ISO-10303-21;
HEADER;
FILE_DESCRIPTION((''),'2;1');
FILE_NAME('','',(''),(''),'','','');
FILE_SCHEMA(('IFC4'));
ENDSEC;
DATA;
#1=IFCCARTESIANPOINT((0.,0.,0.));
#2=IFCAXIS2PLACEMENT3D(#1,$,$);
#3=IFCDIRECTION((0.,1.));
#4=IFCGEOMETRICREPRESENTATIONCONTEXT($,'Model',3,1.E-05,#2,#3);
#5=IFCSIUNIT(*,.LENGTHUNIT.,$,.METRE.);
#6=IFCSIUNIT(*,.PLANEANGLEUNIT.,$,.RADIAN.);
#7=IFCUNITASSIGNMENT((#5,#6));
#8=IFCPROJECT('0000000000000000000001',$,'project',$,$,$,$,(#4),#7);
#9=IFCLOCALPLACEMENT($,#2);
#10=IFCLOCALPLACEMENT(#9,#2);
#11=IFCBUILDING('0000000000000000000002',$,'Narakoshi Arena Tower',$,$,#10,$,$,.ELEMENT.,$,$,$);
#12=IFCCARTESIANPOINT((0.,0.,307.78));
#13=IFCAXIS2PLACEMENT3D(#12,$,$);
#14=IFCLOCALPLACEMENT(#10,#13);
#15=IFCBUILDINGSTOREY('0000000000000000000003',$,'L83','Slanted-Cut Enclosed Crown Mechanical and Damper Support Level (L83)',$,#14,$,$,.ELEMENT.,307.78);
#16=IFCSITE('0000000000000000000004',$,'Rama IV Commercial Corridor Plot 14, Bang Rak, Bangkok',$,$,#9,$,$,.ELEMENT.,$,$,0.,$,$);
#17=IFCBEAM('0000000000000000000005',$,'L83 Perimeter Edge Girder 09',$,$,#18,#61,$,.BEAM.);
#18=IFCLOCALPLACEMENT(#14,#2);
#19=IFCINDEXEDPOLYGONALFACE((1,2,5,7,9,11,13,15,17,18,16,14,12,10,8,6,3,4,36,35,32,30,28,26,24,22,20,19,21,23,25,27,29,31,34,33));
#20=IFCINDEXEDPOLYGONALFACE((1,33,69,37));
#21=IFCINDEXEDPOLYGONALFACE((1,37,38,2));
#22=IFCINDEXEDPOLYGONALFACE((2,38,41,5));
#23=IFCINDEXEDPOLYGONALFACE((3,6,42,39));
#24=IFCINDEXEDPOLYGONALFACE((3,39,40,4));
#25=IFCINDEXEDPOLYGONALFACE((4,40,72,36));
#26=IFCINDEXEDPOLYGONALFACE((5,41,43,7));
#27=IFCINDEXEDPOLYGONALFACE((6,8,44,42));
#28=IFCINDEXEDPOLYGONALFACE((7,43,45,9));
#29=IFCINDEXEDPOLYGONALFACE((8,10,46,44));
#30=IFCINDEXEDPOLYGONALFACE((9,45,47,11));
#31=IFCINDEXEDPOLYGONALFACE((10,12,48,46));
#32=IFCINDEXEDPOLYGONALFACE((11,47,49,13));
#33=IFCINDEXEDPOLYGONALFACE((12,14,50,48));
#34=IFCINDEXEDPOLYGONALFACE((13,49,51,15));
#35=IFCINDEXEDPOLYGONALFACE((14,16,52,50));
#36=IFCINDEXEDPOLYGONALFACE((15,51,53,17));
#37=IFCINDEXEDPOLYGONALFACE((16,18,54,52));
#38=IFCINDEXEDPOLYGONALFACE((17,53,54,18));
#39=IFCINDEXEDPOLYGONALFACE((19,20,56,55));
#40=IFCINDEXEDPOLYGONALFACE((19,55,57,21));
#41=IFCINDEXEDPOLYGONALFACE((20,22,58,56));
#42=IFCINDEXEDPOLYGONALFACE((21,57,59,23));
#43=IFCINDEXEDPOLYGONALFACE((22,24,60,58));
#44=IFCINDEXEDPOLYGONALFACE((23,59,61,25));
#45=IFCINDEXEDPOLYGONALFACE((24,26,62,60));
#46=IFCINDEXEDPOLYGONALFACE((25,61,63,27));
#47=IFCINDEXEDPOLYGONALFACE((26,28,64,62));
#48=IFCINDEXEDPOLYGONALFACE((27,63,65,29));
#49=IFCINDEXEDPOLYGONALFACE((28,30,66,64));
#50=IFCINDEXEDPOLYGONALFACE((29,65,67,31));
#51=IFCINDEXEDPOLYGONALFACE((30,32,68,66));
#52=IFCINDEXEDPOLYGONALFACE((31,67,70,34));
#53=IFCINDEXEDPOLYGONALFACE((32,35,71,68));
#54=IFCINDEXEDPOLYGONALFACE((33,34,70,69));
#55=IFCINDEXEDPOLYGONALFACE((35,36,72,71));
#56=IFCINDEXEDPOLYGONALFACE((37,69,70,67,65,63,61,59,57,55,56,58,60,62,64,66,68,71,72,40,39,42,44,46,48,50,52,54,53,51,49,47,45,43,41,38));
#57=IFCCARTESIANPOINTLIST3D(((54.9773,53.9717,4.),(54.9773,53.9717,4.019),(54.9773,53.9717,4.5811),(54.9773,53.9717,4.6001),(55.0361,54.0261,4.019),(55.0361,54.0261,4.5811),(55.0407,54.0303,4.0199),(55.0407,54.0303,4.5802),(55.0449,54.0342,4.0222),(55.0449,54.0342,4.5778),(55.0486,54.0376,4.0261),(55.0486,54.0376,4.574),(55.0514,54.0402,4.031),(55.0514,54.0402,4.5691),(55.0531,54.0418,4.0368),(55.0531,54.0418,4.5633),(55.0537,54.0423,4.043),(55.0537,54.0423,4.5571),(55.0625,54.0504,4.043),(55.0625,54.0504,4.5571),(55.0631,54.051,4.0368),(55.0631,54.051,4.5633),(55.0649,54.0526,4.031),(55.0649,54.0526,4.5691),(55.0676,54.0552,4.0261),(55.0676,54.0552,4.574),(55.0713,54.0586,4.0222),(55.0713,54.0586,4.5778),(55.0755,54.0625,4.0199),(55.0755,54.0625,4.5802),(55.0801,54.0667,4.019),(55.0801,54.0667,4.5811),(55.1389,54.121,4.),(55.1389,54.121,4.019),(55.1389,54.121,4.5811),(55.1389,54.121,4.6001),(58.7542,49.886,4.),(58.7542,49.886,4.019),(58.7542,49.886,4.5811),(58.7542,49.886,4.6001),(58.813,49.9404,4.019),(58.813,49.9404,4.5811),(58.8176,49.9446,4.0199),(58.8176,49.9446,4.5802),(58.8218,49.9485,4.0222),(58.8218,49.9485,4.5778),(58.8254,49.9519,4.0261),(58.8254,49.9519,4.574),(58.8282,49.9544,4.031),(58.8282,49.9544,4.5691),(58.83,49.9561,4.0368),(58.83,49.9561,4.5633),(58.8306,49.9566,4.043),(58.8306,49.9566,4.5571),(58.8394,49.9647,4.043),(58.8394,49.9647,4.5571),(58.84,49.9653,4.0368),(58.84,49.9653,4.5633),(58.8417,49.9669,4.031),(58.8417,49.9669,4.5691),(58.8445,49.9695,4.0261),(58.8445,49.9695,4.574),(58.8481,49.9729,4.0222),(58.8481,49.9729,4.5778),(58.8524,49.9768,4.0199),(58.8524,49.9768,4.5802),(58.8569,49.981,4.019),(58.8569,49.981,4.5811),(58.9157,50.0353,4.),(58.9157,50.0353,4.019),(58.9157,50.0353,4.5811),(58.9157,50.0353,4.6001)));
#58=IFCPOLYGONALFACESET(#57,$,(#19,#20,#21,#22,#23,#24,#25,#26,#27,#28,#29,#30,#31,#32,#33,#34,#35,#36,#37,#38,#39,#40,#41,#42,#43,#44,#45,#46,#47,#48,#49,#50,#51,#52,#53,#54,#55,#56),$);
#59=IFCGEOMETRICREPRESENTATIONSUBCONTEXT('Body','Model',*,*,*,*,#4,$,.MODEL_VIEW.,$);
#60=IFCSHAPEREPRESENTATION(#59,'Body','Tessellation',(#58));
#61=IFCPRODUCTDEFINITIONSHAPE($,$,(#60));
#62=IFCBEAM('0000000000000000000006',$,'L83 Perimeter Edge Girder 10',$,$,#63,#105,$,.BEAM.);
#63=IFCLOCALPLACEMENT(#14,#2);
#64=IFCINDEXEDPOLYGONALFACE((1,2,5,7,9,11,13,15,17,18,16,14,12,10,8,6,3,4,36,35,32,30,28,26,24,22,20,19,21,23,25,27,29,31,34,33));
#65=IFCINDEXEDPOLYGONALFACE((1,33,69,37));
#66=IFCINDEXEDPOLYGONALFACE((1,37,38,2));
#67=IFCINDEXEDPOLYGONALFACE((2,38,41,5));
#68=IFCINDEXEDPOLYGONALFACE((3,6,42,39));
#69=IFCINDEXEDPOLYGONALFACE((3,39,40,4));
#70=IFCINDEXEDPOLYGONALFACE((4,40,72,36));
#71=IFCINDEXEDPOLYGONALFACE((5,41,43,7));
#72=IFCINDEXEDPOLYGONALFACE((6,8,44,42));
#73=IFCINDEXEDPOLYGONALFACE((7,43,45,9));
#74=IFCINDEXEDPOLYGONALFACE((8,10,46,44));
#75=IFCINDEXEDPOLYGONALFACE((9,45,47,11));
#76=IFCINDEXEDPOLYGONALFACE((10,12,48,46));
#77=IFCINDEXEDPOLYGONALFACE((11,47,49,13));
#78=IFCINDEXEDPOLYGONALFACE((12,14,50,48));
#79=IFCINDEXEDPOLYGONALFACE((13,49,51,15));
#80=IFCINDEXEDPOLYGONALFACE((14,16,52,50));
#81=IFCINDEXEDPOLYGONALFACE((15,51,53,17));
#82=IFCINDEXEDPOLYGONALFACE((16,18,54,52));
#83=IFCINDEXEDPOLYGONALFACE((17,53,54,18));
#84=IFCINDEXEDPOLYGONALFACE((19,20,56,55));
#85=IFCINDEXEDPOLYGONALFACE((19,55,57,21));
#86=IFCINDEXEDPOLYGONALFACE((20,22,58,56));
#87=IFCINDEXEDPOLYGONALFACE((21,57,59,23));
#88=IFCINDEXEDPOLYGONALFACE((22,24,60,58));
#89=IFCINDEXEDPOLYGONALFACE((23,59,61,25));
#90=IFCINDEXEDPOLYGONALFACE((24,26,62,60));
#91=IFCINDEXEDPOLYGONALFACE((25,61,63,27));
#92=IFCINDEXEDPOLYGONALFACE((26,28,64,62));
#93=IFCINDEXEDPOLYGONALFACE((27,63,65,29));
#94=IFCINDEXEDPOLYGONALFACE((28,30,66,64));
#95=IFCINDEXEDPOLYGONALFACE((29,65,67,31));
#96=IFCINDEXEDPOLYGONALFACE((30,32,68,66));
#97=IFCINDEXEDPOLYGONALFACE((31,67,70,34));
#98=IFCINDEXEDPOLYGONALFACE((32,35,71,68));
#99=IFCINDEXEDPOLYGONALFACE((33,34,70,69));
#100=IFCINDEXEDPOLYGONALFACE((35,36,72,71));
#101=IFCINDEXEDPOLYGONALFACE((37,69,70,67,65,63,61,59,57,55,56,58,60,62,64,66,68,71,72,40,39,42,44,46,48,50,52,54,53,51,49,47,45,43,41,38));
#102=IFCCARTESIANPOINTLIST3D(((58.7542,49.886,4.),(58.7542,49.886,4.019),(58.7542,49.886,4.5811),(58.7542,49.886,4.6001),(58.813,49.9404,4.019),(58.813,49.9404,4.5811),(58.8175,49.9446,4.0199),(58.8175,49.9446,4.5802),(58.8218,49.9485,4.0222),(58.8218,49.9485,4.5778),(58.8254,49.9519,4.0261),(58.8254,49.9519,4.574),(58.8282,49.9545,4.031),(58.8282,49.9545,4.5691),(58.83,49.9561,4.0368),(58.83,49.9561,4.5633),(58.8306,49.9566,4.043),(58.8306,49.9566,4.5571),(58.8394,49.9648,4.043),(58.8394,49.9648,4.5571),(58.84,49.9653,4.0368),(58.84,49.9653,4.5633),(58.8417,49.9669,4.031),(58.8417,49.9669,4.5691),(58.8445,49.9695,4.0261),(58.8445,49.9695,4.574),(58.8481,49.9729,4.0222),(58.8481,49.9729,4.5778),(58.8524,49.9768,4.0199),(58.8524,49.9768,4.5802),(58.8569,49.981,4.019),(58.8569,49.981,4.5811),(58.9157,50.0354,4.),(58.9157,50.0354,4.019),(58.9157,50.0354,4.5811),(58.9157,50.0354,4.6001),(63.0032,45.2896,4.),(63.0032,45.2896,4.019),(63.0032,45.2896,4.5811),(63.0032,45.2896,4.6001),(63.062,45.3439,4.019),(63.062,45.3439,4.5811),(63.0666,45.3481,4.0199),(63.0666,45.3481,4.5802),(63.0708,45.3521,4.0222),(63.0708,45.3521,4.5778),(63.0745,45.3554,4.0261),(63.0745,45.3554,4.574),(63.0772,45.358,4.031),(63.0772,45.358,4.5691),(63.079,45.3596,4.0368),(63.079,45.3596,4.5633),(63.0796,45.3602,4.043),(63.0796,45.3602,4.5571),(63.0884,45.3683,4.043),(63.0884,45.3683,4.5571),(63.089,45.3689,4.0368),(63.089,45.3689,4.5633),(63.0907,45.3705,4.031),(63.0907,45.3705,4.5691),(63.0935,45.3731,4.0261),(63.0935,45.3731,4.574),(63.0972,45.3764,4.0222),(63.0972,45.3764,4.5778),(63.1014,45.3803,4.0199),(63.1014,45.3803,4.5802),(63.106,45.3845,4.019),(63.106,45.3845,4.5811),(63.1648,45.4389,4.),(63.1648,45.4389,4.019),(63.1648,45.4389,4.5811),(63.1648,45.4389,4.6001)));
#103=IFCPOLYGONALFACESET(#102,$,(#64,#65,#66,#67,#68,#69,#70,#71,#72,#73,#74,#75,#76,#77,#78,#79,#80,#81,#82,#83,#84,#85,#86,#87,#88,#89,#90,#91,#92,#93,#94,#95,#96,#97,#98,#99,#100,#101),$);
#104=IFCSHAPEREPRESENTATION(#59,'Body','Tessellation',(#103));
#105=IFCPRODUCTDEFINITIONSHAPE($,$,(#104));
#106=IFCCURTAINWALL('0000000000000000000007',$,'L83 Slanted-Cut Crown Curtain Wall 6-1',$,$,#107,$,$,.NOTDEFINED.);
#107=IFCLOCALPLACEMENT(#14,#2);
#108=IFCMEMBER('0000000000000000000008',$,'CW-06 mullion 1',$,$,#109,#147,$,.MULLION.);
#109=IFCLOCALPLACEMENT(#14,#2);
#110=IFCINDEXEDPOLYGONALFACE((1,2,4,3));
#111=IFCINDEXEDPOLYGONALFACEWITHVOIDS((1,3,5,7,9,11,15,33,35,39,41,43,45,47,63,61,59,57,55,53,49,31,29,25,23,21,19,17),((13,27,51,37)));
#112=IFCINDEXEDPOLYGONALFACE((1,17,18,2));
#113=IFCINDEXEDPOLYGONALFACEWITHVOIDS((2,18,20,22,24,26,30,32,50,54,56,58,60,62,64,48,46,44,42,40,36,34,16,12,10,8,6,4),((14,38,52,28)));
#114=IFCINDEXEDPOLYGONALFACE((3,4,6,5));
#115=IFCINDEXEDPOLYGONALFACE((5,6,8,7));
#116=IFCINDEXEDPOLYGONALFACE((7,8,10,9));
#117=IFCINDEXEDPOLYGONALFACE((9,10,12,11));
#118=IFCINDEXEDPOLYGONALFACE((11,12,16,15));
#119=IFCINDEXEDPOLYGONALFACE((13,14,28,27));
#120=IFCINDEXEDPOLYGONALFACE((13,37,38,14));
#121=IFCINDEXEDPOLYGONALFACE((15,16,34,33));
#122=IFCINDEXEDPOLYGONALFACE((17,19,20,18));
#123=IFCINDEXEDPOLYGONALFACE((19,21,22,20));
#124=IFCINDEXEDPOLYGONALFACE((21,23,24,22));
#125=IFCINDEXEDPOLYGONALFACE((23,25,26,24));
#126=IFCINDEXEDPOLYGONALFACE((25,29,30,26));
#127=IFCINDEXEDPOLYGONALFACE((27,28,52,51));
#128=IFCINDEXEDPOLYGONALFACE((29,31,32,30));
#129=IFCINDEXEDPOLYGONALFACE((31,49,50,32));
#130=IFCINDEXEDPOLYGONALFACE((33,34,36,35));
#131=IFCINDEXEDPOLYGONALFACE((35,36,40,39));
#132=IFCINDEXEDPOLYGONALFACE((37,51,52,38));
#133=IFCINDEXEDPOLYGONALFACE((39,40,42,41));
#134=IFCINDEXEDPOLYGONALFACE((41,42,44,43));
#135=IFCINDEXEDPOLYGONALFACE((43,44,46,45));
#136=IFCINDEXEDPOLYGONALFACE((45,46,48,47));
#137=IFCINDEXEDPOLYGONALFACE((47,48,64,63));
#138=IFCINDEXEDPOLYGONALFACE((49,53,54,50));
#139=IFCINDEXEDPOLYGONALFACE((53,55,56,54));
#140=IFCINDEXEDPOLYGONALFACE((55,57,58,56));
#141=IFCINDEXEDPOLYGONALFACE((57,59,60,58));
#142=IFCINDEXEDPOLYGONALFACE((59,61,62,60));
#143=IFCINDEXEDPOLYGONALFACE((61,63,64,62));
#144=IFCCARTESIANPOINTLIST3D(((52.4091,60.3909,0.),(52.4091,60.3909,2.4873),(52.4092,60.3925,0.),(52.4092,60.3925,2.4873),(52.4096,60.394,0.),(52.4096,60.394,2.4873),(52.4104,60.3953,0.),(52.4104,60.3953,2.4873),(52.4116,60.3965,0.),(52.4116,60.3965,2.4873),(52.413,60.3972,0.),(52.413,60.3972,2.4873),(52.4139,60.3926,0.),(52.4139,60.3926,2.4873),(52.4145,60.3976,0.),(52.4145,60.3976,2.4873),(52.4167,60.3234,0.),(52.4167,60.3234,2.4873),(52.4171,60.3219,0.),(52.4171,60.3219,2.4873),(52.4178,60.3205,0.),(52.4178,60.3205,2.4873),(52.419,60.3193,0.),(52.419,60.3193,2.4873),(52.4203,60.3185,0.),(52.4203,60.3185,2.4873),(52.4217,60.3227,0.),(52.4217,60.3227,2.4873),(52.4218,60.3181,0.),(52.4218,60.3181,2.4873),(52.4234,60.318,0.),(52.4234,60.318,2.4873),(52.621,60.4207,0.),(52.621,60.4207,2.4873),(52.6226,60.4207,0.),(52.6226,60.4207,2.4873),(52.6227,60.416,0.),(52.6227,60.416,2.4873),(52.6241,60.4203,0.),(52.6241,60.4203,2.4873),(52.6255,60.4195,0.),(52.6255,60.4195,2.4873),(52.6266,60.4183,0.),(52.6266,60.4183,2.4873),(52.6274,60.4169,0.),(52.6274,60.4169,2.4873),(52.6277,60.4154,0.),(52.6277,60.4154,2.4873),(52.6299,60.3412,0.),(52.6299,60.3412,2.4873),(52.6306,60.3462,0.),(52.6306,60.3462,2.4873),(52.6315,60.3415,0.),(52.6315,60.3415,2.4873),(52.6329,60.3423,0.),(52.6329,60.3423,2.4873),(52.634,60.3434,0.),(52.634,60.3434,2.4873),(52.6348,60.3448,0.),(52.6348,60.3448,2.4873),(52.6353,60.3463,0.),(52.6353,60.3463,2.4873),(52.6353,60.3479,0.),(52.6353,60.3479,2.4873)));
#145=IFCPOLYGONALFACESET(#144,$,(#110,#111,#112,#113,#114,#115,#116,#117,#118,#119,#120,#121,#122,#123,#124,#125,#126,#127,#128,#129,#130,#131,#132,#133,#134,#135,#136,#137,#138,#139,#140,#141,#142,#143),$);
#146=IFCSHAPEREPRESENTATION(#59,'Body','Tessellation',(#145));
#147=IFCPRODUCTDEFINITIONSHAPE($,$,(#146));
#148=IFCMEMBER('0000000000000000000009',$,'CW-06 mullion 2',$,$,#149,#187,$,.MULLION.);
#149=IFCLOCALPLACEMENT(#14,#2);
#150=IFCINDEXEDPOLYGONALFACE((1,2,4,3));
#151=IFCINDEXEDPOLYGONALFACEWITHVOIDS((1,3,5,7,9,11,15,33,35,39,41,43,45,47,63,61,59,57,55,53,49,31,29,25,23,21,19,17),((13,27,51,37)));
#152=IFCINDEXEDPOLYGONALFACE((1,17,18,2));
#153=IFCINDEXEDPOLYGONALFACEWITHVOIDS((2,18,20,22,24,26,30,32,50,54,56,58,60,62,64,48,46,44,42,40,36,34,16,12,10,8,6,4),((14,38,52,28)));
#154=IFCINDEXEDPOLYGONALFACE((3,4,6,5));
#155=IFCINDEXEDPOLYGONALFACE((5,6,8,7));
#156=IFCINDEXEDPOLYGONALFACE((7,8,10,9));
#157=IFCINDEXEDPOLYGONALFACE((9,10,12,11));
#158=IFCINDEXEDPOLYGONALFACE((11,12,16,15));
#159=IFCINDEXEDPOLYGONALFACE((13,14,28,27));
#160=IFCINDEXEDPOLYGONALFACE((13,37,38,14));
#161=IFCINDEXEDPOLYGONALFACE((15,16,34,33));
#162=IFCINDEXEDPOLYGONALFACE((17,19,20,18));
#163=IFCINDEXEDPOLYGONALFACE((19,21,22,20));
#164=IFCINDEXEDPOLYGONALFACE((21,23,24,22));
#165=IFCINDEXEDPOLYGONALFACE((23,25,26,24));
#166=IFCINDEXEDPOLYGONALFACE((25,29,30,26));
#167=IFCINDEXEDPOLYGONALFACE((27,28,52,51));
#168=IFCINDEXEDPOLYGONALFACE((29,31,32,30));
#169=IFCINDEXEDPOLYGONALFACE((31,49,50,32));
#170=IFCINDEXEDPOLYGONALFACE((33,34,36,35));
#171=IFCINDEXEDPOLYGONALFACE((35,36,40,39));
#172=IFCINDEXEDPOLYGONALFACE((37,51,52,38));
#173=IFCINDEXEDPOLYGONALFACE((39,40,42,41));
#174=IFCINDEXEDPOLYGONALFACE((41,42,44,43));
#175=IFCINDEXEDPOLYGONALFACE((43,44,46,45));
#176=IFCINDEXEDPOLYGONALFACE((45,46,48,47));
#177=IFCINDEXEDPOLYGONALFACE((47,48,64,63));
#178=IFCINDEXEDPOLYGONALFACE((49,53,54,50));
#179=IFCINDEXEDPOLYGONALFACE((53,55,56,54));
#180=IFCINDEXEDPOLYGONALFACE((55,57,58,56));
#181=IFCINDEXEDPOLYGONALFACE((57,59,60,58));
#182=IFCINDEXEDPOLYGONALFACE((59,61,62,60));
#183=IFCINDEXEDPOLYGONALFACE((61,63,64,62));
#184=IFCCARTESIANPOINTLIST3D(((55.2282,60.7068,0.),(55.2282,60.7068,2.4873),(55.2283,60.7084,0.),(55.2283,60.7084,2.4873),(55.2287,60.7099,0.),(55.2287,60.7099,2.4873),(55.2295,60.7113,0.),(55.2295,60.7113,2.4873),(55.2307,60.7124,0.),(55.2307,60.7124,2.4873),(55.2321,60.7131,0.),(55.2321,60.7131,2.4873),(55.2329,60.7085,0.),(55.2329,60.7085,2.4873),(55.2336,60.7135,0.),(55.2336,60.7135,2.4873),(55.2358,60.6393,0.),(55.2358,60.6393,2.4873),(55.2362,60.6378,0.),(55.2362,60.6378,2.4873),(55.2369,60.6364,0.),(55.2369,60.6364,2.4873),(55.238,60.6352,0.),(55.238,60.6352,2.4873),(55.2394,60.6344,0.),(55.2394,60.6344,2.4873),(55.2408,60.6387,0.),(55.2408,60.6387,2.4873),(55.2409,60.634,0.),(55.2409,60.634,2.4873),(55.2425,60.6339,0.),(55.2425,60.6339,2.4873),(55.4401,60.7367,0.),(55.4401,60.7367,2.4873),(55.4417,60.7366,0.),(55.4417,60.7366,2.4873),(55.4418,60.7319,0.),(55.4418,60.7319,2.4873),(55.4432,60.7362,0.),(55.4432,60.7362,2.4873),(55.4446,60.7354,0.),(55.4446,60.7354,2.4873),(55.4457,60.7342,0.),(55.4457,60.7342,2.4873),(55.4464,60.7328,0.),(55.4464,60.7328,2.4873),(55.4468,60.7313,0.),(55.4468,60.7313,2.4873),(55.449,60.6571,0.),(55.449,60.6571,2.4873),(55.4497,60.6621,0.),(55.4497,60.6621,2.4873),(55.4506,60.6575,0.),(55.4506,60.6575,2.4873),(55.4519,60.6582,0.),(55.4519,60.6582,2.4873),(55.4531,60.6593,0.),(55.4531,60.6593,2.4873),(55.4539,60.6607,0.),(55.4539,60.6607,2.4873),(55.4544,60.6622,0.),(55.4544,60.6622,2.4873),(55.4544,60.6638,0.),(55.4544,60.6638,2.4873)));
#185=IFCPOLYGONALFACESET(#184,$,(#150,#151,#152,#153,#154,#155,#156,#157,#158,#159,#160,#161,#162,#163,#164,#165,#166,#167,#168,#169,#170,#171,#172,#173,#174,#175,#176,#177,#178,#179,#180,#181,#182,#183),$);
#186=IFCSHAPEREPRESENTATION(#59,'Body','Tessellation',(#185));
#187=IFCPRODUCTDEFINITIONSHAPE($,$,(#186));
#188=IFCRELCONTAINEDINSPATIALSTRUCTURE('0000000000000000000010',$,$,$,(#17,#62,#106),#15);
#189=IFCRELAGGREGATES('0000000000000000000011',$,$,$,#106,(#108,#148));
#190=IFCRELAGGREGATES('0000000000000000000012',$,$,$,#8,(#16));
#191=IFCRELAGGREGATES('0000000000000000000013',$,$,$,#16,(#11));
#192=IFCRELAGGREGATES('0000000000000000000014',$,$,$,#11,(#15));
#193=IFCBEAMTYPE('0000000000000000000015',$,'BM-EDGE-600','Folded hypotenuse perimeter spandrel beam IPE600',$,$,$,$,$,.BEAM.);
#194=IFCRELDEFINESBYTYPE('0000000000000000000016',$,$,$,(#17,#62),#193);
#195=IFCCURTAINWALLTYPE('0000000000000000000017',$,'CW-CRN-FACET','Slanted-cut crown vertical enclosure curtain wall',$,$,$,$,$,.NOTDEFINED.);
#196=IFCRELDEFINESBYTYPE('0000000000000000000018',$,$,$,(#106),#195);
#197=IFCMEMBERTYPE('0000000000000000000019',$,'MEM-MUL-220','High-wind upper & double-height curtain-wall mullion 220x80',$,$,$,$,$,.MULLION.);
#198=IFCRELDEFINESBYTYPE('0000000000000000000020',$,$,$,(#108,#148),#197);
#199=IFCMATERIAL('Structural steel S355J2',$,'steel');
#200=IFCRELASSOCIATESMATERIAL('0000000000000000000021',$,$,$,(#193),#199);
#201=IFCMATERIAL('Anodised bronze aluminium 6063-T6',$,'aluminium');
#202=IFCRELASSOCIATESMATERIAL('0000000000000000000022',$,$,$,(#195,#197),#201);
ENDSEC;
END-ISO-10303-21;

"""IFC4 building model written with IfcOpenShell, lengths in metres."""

from ifc_helpers import new_model, si_unit, direction, frame, origin, origin_2d, place, context, subcontext, project, spatial, hollow_rectangle, i_section, extrude, material, material_profile, profile_set, type_object, element, aggregate, save


model = new_model("IFC4")

# Units and contexts
model_context = context("Model", 3, precision=1e-05, world=origin(), true_north=direction((0.0, 1.0)))
body_context = subcontext(model_context, "Body", "Model", "MODEL_VIEW")
ifc_project = project(units=[si_unit("LENGTHUNIT", "METRE"), si_unit("PLANEANGLEUNIT", "RADIAN")], contexts=[model_context])

# Site, building, storey
site_placement = place(None, origin())
site = spatial("IfcSite", under=ifc_project, at=site_placement, Name="Rama IV Commercial Corridor Plot 14, Bang Rak, Bangkok", CompositionType="ELEMENT", RefElevation=0.0)
building_placement = place(site_placement, origin())
building = spatial("IfcBuilding", under=site, at=building_placement, Name="Narakoshi Arena Tower", CompositionType="ELEMENT")
storey_placement = place(building_placement, frame((0.0, 0.0, 307.78)))
storey = spatial("IfcBuildingStorey", under=building, at=storey_placement, Name="L83", Description="Slanted-Cut Enclosed Crown Mechanical and Damper Support Level (L83)", CompositionType="ELEMENT", Elevation=307.78)

# Shared definitions
ifc_material_1 = material(Name="Structural steel S355J2", Category="steel")

# Beams
ifc_material_profile_1 = material_profile(ifc_material_1, i_section(OverallWidth=0.22, OverallDepth=0.6001, WebThickness=0.012, FlangeThickness=0.019, FilletRadius=0.0239, at=origin_2d()), Name="IPE600")
ifc_profile_set_1 = profile_set([ifc_material_profile_1], Name="Structural steel S355J2")
beam_type = type_object("IfcBeamType", Name="BM-EDGE-600", Description="Folded hypotenuse perimeter spandrel beam IPE600", PredefinedType="BEAM", material=ifc_profile_set_1)
beam_1_placement = place(storey_placement, frame((55.0581, 54.0464, 4.3), z_axis=(0.678808, -0.734315, 0.0), x_axis=(0.734315, 0.678808, 0.0)))
element("IfcBeam", 1, at=beam_1_placement, inside=storey, type_object=beam_type, Name="L83 Perimeter Edge Girder 09", PredefinedType="BEAM", context=body_context, shape_type="SweptSolid", body=[
    extrude(i_section(OverallWidth=0.22, OverallDepth=0.6001, WebThickness=0.012, FlangeThickness=0.019, FilletRadius=0.0239, at=origin_2d()), origin(), (0.0, 0.0, 1.0), 5.564),
])
beam_2_placement = place(storey_placement, frame((58.835, 49.9607, 4.3), z_axis=(0.678811, -0.734313, 0.0), x_axis=(0.734313, 0.678811, 0.0)))
element("IfcBeam", 2, at=beam_2_placement, inside=storey, type_object=beam_type, Name="L83 Perimeter Edge Girder 10", PredefinedType="BEAM", context=body_context, shape_type="SweptSolid", body=[
    extrude(i_section(OverallWidth=0.22, OverallDepth=0.6001, WebThickness=0.012, FlangeThickness=0.019, FilletRadius=0.0239, at=origin_2d()), origin(), (0.0, 0.0, 1.0), 6.2595),
])

# Curtain wall, members
ifc_material_2 = material(Name="Anodised bronze aluminium 6063-T6", Category="aluminium")
curtain_wall_type = type_object("IfcCurtainWallType", Name="CW-CRN-FACET", Description="Slanted-cut crown vertical enclosure curtain wall", PredefinedType="NOTDEFINED", material=ifc_material_2)
curtain_wall_1_placement = place(storey_placement, origin())
curtain_wall_1 = element("IfcCurtainWall", 3, at=curtain_wall_1_placement, inside=storey, type_object=curtain_wall_type, Name="L83 Slanted-Cut Crown Curtain Wall 6-1", PredefinedType="NOTDEFINED")
ifc_material_profile_2 = material_profile(ifc_material_2, hollow_rectangle(XDim=0.0801, YDim=0.22, WallThickness=0.0049, OuterFilletRadius=0.0061, at=origin_2d()), Name="MUL220x80x5")
ifc_profile_set_2 = profile_set([ifc_material_profile_2], Name="Anodised bronze aluminium 6063-T6")
member_type_1 = type_object("IfcMemberType", Name="MEM-MUL-220", Description="High-wind upper & double-height curtain-wall mullion 220x80", PredefinedType="MULLION", material=ifc_profile_set_2)
member_1_placement = place(storey_placement, frame((52.5222, 60.3694, 0.0), z_axis=(0.0, 0.0, 1.0), x_axis=(-0.111395, 0.993776, 0.0)))
member_1 = element("IfcMember", 4, at=member_1_placement, type_object=member_type_1, Name="CW-06 mullion 1", PredefinedType="MULLION", context=body_context, shape_type="SweptSolid", body=[
    extrude(hollow_rectangle(XDim=0.0801, YDim=0.22, WallThickness=0.0049, OuterFilletRadius=0.0061, at=origin_2d()), origin(), (0.0, 0.0, 1.0), 2.4873),
])
member_2_placement = place(storey_placement, frame((55.3413, 60.6853, 0.0), z_axis=(0.0, 0.0, 1.0), x_axis=(-0.111395, 0.993776, 0.0)))
member_2 = element("IfcMember", 5, at=member_2_placement, type_object=member_type_1, Name="CW-06 mullion 2", PredefinedType="MULLION", context=body_context, shape_type="SweptSolid", body=[
    extrude(hollow_rectangle(XDim=0.0801, YDim=0.22, WallThickness=0.0049, OuterFilletRadius=0.0061, at=origin_2d()), origin(), (0.0, 0.0, 1.0), 2.4873),
])

aggregate(curtain_wall_1, [member_1, member_2])

save(model, "model.ifc")
